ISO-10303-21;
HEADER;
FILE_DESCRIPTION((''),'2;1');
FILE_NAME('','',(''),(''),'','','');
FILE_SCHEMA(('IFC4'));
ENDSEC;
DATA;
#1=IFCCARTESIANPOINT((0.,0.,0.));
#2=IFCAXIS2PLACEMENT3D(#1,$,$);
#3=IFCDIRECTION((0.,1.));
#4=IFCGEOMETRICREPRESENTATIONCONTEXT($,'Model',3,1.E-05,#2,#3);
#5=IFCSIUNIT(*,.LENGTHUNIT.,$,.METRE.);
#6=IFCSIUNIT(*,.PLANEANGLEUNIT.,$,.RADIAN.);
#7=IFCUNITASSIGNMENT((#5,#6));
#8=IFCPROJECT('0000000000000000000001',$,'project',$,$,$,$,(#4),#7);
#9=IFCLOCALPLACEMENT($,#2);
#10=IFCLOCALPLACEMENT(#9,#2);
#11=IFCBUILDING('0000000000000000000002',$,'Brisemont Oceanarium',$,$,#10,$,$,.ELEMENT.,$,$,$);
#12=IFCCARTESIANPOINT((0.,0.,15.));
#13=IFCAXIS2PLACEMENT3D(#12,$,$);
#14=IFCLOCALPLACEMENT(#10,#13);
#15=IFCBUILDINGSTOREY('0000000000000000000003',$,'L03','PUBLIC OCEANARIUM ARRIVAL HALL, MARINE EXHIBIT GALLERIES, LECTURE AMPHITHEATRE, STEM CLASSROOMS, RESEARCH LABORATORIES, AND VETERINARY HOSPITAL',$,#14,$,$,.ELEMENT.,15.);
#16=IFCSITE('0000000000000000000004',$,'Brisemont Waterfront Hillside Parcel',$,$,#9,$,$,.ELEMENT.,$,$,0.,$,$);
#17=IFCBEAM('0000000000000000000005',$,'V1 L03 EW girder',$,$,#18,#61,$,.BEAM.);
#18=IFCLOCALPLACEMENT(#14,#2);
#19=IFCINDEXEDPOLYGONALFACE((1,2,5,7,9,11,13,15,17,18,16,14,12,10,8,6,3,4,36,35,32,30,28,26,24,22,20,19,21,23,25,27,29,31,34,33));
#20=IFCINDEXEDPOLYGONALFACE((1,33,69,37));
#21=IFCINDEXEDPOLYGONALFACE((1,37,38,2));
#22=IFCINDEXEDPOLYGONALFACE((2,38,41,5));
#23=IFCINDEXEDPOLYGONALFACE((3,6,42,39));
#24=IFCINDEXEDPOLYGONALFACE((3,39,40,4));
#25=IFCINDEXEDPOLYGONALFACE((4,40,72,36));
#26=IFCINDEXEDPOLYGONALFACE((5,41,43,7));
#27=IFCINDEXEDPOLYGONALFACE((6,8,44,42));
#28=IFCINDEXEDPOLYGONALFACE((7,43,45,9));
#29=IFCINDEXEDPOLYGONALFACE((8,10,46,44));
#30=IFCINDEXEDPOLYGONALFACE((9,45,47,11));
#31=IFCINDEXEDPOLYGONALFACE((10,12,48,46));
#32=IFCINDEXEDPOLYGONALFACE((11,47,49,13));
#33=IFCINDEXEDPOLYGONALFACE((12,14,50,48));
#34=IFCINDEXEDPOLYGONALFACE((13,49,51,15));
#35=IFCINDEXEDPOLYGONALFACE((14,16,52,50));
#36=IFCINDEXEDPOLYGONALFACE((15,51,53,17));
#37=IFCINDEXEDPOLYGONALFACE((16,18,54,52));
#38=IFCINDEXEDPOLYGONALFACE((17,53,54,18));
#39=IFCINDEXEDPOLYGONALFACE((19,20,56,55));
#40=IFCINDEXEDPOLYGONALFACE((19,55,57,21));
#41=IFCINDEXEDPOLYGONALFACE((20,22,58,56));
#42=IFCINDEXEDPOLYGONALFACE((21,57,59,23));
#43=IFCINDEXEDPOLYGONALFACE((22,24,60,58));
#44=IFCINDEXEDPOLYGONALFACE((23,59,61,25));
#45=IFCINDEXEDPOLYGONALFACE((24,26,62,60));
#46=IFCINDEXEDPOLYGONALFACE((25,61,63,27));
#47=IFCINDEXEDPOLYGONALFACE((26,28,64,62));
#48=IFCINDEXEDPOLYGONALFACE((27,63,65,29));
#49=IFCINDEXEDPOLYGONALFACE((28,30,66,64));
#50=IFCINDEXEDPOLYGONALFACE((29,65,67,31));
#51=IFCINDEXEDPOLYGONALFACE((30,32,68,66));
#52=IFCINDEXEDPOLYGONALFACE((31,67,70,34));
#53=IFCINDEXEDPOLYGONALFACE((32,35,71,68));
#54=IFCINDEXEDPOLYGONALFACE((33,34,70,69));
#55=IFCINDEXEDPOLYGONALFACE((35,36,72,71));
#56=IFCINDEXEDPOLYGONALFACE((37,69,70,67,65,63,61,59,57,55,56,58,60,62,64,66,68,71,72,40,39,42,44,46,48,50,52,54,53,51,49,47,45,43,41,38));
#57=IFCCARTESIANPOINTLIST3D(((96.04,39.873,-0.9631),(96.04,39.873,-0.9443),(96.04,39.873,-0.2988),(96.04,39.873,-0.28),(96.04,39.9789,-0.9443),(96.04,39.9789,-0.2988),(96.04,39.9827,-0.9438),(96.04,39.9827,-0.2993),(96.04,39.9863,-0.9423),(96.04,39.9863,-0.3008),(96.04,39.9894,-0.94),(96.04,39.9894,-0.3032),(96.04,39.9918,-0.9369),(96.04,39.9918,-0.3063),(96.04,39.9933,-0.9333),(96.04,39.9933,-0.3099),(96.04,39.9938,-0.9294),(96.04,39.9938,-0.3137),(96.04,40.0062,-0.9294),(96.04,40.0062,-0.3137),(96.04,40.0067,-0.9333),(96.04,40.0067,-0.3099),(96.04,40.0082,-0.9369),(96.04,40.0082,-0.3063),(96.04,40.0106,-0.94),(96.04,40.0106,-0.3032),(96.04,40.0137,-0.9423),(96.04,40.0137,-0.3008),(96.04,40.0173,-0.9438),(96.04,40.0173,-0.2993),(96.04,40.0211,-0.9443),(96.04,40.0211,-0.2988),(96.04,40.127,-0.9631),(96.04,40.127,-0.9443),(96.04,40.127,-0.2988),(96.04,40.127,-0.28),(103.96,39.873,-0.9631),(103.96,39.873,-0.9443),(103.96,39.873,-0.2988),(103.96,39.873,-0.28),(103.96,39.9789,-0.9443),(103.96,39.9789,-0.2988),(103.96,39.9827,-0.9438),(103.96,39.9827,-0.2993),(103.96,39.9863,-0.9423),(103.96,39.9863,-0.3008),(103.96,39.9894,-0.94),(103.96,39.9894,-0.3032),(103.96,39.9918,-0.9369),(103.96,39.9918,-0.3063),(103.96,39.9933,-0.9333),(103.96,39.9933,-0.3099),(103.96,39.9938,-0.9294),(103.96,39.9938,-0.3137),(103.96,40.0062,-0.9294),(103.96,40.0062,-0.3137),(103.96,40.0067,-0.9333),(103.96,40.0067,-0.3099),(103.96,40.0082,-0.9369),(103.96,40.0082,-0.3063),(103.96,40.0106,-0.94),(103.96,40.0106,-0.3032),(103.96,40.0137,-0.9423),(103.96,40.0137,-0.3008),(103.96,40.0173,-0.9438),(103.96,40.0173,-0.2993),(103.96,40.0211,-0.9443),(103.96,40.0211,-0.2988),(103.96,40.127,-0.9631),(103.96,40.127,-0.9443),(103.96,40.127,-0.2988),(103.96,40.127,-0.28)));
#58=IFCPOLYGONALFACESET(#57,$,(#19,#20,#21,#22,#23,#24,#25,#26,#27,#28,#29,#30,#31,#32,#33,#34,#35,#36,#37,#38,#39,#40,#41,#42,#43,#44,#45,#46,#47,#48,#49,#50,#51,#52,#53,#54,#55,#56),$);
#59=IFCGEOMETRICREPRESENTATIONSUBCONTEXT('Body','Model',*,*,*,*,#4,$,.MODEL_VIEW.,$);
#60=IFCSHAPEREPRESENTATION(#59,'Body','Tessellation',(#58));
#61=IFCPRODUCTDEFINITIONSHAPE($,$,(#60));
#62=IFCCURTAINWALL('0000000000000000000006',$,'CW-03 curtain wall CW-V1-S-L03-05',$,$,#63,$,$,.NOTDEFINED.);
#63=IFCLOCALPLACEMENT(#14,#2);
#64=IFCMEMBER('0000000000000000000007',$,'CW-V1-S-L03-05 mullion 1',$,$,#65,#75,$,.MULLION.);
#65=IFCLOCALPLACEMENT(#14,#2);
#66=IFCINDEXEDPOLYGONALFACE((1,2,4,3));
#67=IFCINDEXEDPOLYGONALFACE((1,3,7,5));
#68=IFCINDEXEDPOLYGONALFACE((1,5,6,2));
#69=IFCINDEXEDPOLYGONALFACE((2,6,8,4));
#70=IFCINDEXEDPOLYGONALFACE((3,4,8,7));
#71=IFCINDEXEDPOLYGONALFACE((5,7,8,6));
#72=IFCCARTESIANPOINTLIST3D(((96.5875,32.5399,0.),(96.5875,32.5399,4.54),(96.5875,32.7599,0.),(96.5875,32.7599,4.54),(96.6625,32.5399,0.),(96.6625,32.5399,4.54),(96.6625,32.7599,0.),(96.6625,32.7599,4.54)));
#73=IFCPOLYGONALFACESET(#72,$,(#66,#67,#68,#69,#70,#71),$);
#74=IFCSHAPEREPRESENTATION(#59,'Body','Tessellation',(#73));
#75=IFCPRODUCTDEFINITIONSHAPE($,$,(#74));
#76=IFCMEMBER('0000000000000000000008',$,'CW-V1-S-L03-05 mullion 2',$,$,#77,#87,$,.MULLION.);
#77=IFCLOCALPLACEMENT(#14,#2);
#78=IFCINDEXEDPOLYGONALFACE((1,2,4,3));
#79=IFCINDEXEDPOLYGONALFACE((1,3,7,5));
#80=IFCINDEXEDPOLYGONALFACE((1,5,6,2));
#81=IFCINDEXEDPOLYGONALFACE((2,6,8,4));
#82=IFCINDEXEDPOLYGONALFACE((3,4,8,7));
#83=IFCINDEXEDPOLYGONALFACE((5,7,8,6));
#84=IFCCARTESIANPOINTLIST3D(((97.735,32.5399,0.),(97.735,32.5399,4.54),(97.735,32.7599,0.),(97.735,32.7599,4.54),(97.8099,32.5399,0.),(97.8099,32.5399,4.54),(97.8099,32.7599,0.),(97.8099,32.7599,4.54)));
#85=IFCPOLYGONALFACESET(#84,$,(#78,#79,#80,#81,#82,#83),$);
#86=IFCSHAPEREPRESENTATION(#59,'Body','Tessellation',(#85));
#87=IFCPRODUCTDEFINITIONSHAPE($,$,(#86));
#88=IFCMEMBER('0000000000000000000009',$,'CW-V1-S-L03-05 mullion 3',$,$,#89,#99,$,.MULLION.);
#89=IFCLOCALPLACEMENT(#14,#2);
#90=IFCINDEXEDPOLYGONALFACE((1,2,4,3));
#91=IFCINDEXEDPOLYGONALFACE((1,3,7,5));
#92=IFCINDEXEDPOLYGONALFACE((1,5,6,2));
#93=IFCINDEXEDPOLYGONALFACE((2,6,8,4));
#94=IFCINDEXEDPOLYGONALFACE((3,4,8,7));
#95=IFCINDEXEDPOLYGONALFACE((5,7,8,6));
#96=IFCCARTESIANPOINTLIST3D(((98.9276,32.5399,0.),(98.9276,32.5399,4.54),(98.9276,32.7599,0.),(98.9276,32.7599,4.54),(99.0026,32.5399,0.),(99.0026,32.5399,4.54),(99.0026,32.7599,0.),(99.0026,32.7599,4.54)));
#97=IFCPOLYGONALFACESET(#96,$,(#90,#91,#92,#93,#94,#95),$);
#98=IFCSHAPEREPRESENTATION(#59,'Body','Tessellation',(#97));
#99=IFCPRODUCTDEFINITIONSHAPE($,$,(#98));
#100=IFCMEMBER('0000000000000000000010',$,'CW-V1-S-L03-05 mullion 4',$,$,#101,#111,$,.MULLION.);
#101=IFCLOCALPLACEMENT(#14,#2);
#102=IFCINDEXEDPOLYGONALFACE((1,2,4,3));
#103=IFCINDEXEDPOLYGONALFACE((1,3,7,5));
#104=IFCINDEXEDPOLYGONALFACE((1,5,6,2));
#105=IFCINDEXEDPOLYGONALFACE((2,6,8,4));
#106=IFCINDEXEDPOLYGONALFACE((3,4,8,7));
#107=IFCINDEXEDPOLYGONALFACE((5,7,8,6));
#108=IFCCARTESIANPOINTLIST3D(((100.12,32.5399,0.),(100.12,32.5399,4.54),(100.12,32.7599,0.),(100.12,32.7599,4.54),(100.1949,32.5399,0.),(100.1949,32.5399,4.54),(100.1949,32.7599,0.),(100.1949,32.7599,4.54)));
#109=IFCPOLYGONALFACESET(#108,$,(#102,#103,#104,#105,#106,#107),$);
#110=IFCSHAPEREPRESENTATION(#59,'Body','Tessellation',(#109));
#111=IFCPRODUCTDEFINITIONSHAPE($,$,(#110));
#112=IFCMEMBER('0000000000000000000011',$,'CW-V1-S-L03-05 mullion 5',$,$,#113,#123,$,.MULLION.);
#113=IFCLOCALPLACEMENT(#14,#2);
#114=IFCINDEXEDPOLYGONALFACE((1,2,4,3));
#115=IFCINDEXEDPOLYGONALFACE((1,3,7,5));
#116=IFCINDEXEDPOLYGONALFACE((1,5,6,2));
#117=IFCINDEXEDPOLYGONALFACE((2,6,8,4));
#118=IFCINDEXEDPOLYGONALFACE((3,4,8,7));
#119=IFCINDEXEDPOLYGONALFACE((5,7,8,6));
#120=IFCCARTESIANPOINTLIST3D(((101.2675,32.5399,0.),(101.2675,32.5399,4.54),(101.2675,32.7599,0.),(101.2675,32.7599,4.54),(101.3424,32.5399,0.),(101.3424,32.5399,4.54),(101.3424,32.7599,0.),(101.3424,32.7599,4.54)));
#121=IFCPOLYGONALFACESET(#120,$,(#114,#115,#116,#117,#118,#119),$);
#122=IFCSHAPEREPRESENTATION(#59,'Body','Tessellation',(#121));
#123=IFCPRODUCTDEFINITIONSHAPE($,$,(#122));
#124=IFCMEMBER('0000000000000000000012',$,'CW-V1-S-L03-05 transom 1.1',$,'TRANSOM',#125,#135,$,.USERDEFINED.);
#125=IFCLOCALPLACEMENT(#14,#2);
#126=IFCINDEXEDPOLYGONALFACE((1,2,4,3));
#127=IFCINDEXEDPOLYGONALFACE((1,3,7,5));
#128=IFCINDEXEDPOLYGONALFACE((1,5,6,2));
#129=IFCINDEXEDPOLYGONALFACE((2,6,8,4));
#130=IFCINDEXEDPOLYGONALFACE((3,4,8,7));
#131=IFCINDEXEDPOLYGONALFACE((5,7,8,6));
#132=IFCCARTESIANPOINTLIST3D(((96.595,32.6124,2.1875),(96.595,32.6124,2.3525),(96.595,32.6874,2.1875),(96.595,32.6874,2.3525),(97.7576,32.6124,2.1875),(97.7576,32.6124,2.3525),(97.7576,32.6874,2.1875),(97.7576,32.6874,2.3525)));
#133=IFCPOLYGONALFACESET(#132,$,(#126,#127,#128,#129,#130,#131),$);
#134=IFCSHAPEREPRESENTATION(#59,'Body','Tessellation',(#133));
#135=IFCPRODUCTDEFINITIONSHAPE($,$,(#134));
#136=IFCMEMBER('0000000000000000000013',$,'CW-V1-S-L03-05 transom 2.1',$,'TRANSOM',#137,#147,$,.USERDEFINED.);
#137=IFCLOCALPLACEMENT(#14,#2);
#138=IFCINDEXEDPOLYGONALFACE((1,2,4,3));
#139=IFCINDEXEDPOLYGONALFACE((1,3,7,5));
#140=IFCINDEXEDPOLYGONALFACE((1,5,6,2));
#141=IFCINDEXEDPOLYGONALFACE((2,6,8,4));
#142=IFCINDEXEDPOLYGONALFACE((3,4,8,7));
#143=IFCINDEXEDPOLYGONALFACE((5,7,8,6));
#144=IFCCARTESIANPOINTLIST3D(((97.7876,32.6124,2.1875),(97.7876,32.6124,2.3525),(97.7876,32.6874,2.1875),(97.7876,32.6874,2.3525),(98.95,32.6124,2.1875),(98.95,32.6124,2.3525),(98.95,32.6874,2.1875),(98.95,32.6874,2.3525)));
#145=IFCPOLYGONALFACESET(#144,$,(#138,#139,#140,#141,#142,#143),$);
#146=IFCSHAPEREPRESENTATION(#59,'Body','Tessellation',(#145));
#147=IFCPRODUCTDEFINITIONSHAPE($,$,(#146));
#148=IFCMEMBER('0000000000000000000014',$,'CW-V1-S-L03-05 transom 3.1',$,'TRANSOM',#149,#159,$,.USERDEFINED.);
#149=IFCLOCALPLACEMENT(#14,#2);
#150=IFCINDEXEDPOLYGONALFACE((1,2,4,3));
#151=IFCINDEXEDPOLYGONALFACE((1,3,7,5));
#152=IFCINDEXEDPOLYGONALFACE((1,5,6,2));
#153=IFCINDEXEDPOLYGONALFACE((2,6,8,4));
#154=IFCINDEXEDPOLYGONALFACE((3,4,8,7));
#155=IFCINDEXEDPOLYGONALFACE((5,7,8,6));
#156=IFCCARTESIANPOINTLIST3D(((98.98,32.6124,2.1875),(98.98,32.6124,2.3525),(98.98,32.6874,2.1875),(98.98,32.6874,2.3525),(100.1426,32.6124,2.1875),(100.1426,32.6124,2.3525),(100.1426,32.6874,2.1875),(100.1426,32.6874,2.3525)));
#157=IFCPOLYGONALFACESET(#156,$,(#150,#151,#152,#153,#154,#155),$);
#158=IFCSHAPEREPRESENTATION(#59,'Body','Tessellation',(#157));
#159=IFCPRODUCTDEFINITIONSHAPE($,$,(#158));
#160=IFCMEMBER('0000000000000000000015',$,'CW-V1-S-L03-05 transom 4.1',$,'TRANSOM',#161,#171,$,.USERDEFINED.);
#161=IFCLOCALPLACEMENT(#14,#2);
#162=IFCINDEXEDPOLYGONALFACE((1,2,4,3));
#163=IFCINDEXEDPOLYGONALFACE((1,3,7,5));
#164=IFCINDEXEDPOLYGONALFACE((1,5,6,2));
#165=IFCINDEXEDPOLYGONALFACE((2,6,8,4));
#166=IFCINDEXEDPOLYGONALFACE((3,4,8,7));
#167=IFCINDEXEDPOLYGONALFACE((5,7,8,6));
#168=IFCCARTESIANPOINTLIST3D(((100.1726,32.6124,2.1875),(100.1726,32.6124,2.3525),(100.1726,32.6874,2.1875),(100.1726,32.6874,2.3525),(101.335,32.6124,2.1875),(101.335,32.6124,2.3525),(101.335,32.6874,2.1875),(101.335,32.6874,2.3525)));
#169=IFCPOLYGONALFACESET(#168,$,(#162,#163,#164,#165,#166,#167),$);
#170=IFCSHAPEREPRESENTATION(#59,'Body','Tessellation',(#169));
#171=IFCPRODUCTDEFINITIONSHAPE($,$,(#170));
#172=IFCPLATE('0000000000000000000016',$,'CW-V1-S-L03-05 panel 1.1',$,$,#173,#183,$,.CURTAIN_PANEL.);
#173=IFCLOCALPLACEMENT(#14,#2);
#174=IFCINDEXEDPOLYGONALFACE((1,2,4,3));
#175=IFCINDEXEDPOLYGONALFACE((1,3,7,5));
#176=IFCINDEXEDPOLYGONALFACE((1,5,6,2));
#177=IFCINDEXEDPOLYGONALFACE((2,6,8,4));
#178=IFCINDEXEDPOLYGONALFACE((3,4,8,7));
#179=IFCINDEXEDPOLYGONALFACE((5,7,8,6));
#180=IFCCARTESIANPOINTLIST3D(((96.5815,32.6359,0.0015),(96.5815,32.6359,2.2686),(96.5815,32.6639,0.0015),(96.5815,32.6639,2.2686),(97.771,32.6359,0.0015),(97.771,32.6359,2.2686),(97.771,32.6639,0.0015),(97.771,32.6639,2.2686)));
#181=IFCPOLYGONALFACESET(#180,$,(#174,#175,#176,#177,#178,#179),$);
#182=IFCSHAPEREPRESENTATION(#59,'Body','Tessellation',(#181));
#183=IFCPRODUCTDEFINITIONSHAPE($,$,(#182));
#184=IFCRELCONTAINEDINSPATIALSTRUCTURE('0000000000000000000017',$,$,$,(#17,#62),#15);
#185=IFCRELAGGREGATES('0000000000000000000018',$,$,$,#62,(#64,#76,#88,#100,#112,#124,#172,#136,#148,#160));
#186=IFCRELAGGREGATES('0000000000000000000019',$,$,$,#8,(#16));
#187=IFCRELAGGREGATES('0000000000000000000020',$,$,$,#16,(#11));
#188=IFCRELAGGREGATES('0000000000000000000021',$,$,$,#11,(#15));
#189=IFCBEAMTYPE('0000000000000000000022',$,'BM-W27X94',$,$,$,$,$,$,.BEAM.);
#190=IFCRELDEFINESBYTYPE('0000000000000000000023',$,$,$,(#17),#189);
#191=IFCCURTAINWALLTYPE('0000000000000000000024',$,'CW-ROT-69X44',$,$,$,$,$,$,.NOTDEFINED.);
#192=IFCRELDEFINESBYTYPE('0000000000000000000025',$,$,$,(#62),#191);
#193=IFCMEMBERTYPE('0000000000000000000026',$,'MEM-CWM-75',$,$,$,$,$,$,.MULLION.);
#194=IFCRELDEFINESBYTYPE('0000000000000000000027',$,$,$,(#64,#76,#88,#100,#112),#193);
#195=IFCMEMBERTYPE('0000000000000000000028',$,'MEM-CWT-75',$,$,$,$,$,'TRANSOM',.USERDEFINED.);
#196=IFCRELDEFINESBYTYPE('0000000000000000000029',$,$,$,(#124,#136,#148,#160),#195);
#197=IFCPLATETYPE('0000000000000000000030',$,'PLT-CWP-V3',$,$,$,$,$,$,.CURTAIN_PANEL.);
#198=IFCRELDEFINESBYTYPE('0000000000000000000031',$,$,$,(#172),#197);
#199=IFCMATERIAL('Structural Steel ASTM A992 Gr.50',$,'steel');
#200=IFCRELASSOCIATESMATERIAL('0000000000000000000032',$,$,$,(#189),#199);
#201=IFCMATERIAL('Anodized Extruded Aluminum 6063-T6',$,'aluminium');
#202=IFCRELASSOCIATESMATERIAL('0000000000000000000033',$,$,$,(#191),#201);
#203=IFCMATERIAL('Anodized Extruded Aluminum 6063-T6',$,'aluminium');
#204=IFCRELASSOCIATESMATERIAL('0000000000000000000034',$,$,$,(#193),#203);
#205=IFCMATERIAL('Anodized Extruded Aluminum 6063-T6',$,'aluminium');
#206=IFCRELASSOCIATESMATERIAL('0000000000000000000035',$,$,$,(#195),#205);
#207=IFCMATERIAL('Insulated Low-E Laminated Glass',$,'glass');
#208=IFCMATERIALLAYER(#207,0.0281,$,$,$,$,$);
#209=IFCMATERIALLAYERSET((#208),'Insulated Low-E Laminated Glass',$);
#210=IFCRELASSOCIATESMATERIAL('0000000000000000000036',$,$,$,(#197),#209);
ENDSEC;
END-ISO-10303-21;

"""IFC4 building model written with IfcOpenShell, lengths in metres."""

from ifc_helpers import new_model, si_unit, direction, frame, origin, origin_2d, place, context, subcontext, project, spatial, rectangle, i_section, extrude, material, layer, layer_set, material_profile, profile_set, type_object, element, aggregate, save


model = new_model("IFC4")

# Units and contexts
model_context = context("Model", 3, precision=1e-05, world=origin(), true_north=direction((0.0, 1.0)))
body_context = subcontext(model_context, "Body", "Model", "MODEL_VIEW")
ifc_project = project(units=[si_unit("LENGTHUNIT", "METRE"), si_unit("PLANEANGLEUNIT", "RADIAN")], contexts=[model_context])

# Site, building, storey
site_placement = place(None, origin())
site = spatial("IfcSite", under=ifc_project, at=site_placement, Name="Brisemont Waterfront Hillside Parcel", CompositionType="ELEMENT", RefElevation=0.0)
building_placement = place(site_placement, origin())
building = spatial("IfcBuilding", under=site, at=building_placement, Name="Brisemont Oceanarium", CompositionType="ELEMENT")
storey_placement = place(building_placement, frame((0.0, 0.0, 15.0)))
storey = spatial("IfcBuildingStorey", under=building, at=storey_placement, Name="L03", Description="PUBLIC OCEANARIUM ARRIVAL HALL, MARINE EXHIBIT GALLERIES, LECTURE AMPHITHEATRE, STEM CLASSROOMS, RESEARCH LABORATORIES, AND VETERINARY HOSPITAL", CompositionType="ELEMENT", Elevation=15.0)

# Beam
ifc_material_1 = material(Name="Structural Steel ASTM A992 Gr.50", Category="steel")
ifc_material_profile_1 = material_profile(ifc_material_1, i_section(OverallWidth=0.2539, OverallDepth=0.6831, WebThickness=0.0125, FlangeThickness=0.0188, FilletRadius=0.0149, at=origin_2d()), Name="W27X94")
ifc_profile_set_1 = profile_set([ifc_material_profile_1], Name="Structural Steel ASTM A992 Gr.50")
beam_type_1 = type_object("IfcBeamType", Name="BM-W27X94", PredefinedType="BEAM", material=ifc_profile_set_1)
beam_1_placement = place(storey_placement, frame((96.04, 40.0, -0.6216), z_axis=(1.0, 0.0, 0.0), x_axis=(0.0, 1.0, 0.0)))
element("IfcBeam", 1, at=beam_1_placement, inside=storey, type_object=beam_type_1, Name="V1 L03 EW girder", PredefinedType="BEAM", context=body_context, shape_type="SweptSolid", body=[
    extrude(i_section(OverallWidth=0.2539, OverallDepth=0.6831, WebThickness=0.0125, FlangeThickness=0.0188, FilletRadius=0.0149, at=origin_2d()), origin(), (0.0, 0.0, 1.0), 7.9199),
])

# Curtain wall, members, plate
ifc_material_2 = material(Name="Anodized Extruded Aluminum 6063-T6", Category="aluminium")
curtain_wall_type = type_object("IfcCurtainWallType", Name="CW-ROT-69X44", PredefinedType="NOTDEFINED", material=ifc_material_2)
curtain_wall_placement = place(storey_placement, origin())
curtain_wall = element("IfcCurtainWall", 2, at=curtain_wall_placement, inside=storey, type_object=curtain_wall_type, Name="CW-03 curtain wall CW-V1-S-L03-05", PredefinedType="NOTDEFINED")
ifc_material_3 = material(Name="Anodized Extruded Aluminum 6063-T6", Category="aluminium")
ifc_material_profile_2 = material_profile(ifc_material_3, rectangle(XDim=0.075, YDim=0.22, at=origin_2d()), Name="CWM-75X220")
ifc_profile_set_2 = profile_set([ifc_material_profile_2], Name="Anodized Extruded Aluminum 6063-T6")
member_type_1 = type_object("IfcMemberType", Name="MEM-CWM-75", PredefinedType="MULLION", material=ifc_profile_set_2)
member_1_placement = place(storey_placement, frame((96.625, 32.6499, 0.0), z_axis=(0.0, 0.0, 1.0), x_axis=(1.0, 0.0, 0.0)))
member_1 = element("IfcMember", 3, at=member_1_placement, type_object=member_type_1, Name="CW-V1-S-L03-05 mullion 1", PredefinedType="MULLION", context=body_context, shape_type="SweptSolid", body=[
    extrude(rectangle(XDim=0.075, YDim=0.22, at=origin_2d()), origin(), (0.0, 0.0, 1.0), 4.54),
])
member_2_placement = place(storey_placement, frame((97.7725, 32.6499, 0.0), z_axis=(0.0, 0.0, 1.0), x_axis=(1.0, 0.0, 0.0)))
member_2 = element("IfcMember", 4, at=member_2_placement, type_object=member_type_1, Name="CW-V1-S-L03-05 mullion 2", PredefinedType="MULLION", context=body_context, shape_type="SweptSolid", body=[
    extrude(rectangle(XDim=0.075, YDim=0.22, at=origin_2d()), origin(), (0.0, 0.0, 1.0), 4.54),
])
member_3_placement = place(storey_placement, frame((98.9651, 32.6499, 0.0), z_axis=(0.0, 0.0, 1.0), x_axis=(1.0, 0.0, 0.0)))
member_3 = element("IfcMember", 5, at=member_3_placement, type_object=member_type_1, Name="CW-V1-S-L03-05 mullion 3", PredefinedType="MULLION", context=body_context, shape_type="SweptSolid", body=[
    extrude(rectangle(XDim=0.075, YDim=0.22, at=origin_2d()), origin(), (0.0, 0.0, 1.0), 4.54),
])
member_4_placement = place(storey_placement, frame((100.1575, 32.6499, 0.0), z_axis=(0.0, 0.0, 1.0), x_axis=(1.0, 0.0, 0.0)))
member_4 = element("IfcMember", 6, at=member_4_placement, type_object=member_type_1, Name="CW-V1-S-L03-05 mullion 4", PredefinedType="MULLION", context=body_context, shape_type="SweptSolid", body=[
    extrude(rectangle(XDim=0.075, YDim=0.22, at=origin_2d()), origin(), (0.0, 0.0, 1.0), 4.54),
])
member_5_placement = place(storey_placement, frame((101.3049, 32.6499, 0.0), z_axis=(0.0, 0.0, 1.0), x_axis=(1.0, 0.0, 0.0)))
member_5 = element("IfcMember", 7, at=member_5_placement, type_object=member_type_1, Name="CW-V1-S-L03-05 mullion 5", PredefinedType="MULLION", context=body_context, shape_type="SweptSolid", body=[
    extrude(rectangle(XDim=0.075, YDim=0.22, at=origin_2d()), origin(), (0.0, 0.0, 1.0), 4.54),
])
ifc_material_4 = material(Name="Anodized Extruded Aluminum 6063-T6", Category="aluminium")
ifc_material_profile_3 = material_profile(ifc_material_4, rectangle(XDim=0.075, YDim=0.165, at=origin_2d()), Name="CWT-75X165")
ifc_profile_set_3 = profile_set([ifc_material_profile_3], Name="Anodized Extruded Aluminum 6063-T6")
member_type_2 = type_object("IfcMemberType", Name="MEM-CWT-75", ElementType="TRANSOM", PredefinedType="USERDEFINED", material=ifc_profile_set_3)
member_6_placement = place(storey_placement, frame((96.595, 32.6499, 2.27), z_axis=(1.0, 0.0, 0.0), x_axis=(0.0, 1.0, 0.0)))
member_6 = element("IfcMember", 8, at=member_6_placement, type_object=member_type_2, Name="CW-V1-S-L03-05 transom 1.1", ObjectType="TRANSOM", PredefinedType="USERDEFINED", context=body_context, shape_type="SweptSolid", body=[
    extrude(rectangle(XDim=0.075, YDim=0.165, at=origin_2d()), origin(), (0.0, 0.0, 1.0), 1.1626),
])
member_7_placement = place(storey_placement, frame((97.7876, 32.6499, 2.27), z_axis=(1.0, 0.0, 0.0), x_axis=(0.0, 1.0, 0.0)))
member_7 = element("IfcMember", 9, at=member_7_placement, type_object=member_type_2, Name="CW-V1-S-L03-05 transom 2.1", ObjectType="TRANSOM", PredefinedType="USERDEFINED", context=body_context, shape_type="SweptSolid", body=[
    extrude(rectangle(XDim=0.075, YDim=0.165, at=origin_2d()), origin(), (0.0, 0.0, 1.0), 1.1624),
])
member_8_placement = place(storey_placement, frame((98.98, 32.6499, 2.27), z_axis=(1.0, 0.0, 0.0), x_axis=(0.0, 1.0, 0.0)))
member_8 = element("IfcMember", 10, at=member_8_placement, type_object=member_type_2, Name="CW-V1-S-L03-05 transom 3.1", ObjectType="TRANSOM", PredefinedType="USERDEFINED", context=body_context, shape_type="SweptSolid", body=[
    extrude(rectangle(XDim=0.075, YDim=0.165, at=origin_2d()), origin(), (0.0, 0.0, 1.0), 1.1626),
])
member_9_placement = place(storey_placement, frame((100.1726, 32.6499, 2.27), z_axis=(1.0, 0.0, 0.0), x_axis=(0.0, 1.0, 0.0)))
member_9 = element("IfcMember", 11, at=member_9_placement, type_object=member_type_2, Name="CW-V1-S-L03-05 transom 4.1", ObjectType="TRANSOM", PredefinedType="USERDEFINED", context=body_context, shape_type="SweptSolid", body=[
    extrude(rectangle(XDim=0.075, YDim=0.165, at=origin_2d()), origin(), (0.0, 0.0, 1.0), 1.1624),
])
ifc_material_5 = material(Name="Insulated Low-E Laminated Glass", Category="glass")
ifc_layer_1 = layer(ifc_material_5, 0.0281)
ifc_layer_set_1 = layer_set([ifc_layer_1], Name="Insulated Low-E Laminated Glass")
plate_type = type_object("IfcPlateType", Name="PLT-CWP-V3", PredefinedType="CURTAIN_PANEL", material=ifc_layer_set_1)
plate_1_placement = place(storey_placement, frame((97.1763, 32.6499, 0.0015), z_axis=(0.0, 0.0, 1.0), x_axis=(1.0, 0.0, 0.0)))
plate_1 = element("IfcPlate", 12, at=plate_1_placement, type_object=plate_type, Name="CW-V1-S-L03-05 panel 1.1", PredefinedType="CURTAIN_PANEL", context=body_context, shape_type="SweptSolid", body=[
    extrude(rectangle(XDim=1.1895, YDim=0.0281, at=origin_2d()), origin(), (0.0, 0.0, 1.0), 2.2671),
])
aggregate(curtain_wall, [member_1, member_2, member_3, member_4, member_5, member_6, plate_1, member_7, member_8, member_9])

save(model, "model.ifc")
